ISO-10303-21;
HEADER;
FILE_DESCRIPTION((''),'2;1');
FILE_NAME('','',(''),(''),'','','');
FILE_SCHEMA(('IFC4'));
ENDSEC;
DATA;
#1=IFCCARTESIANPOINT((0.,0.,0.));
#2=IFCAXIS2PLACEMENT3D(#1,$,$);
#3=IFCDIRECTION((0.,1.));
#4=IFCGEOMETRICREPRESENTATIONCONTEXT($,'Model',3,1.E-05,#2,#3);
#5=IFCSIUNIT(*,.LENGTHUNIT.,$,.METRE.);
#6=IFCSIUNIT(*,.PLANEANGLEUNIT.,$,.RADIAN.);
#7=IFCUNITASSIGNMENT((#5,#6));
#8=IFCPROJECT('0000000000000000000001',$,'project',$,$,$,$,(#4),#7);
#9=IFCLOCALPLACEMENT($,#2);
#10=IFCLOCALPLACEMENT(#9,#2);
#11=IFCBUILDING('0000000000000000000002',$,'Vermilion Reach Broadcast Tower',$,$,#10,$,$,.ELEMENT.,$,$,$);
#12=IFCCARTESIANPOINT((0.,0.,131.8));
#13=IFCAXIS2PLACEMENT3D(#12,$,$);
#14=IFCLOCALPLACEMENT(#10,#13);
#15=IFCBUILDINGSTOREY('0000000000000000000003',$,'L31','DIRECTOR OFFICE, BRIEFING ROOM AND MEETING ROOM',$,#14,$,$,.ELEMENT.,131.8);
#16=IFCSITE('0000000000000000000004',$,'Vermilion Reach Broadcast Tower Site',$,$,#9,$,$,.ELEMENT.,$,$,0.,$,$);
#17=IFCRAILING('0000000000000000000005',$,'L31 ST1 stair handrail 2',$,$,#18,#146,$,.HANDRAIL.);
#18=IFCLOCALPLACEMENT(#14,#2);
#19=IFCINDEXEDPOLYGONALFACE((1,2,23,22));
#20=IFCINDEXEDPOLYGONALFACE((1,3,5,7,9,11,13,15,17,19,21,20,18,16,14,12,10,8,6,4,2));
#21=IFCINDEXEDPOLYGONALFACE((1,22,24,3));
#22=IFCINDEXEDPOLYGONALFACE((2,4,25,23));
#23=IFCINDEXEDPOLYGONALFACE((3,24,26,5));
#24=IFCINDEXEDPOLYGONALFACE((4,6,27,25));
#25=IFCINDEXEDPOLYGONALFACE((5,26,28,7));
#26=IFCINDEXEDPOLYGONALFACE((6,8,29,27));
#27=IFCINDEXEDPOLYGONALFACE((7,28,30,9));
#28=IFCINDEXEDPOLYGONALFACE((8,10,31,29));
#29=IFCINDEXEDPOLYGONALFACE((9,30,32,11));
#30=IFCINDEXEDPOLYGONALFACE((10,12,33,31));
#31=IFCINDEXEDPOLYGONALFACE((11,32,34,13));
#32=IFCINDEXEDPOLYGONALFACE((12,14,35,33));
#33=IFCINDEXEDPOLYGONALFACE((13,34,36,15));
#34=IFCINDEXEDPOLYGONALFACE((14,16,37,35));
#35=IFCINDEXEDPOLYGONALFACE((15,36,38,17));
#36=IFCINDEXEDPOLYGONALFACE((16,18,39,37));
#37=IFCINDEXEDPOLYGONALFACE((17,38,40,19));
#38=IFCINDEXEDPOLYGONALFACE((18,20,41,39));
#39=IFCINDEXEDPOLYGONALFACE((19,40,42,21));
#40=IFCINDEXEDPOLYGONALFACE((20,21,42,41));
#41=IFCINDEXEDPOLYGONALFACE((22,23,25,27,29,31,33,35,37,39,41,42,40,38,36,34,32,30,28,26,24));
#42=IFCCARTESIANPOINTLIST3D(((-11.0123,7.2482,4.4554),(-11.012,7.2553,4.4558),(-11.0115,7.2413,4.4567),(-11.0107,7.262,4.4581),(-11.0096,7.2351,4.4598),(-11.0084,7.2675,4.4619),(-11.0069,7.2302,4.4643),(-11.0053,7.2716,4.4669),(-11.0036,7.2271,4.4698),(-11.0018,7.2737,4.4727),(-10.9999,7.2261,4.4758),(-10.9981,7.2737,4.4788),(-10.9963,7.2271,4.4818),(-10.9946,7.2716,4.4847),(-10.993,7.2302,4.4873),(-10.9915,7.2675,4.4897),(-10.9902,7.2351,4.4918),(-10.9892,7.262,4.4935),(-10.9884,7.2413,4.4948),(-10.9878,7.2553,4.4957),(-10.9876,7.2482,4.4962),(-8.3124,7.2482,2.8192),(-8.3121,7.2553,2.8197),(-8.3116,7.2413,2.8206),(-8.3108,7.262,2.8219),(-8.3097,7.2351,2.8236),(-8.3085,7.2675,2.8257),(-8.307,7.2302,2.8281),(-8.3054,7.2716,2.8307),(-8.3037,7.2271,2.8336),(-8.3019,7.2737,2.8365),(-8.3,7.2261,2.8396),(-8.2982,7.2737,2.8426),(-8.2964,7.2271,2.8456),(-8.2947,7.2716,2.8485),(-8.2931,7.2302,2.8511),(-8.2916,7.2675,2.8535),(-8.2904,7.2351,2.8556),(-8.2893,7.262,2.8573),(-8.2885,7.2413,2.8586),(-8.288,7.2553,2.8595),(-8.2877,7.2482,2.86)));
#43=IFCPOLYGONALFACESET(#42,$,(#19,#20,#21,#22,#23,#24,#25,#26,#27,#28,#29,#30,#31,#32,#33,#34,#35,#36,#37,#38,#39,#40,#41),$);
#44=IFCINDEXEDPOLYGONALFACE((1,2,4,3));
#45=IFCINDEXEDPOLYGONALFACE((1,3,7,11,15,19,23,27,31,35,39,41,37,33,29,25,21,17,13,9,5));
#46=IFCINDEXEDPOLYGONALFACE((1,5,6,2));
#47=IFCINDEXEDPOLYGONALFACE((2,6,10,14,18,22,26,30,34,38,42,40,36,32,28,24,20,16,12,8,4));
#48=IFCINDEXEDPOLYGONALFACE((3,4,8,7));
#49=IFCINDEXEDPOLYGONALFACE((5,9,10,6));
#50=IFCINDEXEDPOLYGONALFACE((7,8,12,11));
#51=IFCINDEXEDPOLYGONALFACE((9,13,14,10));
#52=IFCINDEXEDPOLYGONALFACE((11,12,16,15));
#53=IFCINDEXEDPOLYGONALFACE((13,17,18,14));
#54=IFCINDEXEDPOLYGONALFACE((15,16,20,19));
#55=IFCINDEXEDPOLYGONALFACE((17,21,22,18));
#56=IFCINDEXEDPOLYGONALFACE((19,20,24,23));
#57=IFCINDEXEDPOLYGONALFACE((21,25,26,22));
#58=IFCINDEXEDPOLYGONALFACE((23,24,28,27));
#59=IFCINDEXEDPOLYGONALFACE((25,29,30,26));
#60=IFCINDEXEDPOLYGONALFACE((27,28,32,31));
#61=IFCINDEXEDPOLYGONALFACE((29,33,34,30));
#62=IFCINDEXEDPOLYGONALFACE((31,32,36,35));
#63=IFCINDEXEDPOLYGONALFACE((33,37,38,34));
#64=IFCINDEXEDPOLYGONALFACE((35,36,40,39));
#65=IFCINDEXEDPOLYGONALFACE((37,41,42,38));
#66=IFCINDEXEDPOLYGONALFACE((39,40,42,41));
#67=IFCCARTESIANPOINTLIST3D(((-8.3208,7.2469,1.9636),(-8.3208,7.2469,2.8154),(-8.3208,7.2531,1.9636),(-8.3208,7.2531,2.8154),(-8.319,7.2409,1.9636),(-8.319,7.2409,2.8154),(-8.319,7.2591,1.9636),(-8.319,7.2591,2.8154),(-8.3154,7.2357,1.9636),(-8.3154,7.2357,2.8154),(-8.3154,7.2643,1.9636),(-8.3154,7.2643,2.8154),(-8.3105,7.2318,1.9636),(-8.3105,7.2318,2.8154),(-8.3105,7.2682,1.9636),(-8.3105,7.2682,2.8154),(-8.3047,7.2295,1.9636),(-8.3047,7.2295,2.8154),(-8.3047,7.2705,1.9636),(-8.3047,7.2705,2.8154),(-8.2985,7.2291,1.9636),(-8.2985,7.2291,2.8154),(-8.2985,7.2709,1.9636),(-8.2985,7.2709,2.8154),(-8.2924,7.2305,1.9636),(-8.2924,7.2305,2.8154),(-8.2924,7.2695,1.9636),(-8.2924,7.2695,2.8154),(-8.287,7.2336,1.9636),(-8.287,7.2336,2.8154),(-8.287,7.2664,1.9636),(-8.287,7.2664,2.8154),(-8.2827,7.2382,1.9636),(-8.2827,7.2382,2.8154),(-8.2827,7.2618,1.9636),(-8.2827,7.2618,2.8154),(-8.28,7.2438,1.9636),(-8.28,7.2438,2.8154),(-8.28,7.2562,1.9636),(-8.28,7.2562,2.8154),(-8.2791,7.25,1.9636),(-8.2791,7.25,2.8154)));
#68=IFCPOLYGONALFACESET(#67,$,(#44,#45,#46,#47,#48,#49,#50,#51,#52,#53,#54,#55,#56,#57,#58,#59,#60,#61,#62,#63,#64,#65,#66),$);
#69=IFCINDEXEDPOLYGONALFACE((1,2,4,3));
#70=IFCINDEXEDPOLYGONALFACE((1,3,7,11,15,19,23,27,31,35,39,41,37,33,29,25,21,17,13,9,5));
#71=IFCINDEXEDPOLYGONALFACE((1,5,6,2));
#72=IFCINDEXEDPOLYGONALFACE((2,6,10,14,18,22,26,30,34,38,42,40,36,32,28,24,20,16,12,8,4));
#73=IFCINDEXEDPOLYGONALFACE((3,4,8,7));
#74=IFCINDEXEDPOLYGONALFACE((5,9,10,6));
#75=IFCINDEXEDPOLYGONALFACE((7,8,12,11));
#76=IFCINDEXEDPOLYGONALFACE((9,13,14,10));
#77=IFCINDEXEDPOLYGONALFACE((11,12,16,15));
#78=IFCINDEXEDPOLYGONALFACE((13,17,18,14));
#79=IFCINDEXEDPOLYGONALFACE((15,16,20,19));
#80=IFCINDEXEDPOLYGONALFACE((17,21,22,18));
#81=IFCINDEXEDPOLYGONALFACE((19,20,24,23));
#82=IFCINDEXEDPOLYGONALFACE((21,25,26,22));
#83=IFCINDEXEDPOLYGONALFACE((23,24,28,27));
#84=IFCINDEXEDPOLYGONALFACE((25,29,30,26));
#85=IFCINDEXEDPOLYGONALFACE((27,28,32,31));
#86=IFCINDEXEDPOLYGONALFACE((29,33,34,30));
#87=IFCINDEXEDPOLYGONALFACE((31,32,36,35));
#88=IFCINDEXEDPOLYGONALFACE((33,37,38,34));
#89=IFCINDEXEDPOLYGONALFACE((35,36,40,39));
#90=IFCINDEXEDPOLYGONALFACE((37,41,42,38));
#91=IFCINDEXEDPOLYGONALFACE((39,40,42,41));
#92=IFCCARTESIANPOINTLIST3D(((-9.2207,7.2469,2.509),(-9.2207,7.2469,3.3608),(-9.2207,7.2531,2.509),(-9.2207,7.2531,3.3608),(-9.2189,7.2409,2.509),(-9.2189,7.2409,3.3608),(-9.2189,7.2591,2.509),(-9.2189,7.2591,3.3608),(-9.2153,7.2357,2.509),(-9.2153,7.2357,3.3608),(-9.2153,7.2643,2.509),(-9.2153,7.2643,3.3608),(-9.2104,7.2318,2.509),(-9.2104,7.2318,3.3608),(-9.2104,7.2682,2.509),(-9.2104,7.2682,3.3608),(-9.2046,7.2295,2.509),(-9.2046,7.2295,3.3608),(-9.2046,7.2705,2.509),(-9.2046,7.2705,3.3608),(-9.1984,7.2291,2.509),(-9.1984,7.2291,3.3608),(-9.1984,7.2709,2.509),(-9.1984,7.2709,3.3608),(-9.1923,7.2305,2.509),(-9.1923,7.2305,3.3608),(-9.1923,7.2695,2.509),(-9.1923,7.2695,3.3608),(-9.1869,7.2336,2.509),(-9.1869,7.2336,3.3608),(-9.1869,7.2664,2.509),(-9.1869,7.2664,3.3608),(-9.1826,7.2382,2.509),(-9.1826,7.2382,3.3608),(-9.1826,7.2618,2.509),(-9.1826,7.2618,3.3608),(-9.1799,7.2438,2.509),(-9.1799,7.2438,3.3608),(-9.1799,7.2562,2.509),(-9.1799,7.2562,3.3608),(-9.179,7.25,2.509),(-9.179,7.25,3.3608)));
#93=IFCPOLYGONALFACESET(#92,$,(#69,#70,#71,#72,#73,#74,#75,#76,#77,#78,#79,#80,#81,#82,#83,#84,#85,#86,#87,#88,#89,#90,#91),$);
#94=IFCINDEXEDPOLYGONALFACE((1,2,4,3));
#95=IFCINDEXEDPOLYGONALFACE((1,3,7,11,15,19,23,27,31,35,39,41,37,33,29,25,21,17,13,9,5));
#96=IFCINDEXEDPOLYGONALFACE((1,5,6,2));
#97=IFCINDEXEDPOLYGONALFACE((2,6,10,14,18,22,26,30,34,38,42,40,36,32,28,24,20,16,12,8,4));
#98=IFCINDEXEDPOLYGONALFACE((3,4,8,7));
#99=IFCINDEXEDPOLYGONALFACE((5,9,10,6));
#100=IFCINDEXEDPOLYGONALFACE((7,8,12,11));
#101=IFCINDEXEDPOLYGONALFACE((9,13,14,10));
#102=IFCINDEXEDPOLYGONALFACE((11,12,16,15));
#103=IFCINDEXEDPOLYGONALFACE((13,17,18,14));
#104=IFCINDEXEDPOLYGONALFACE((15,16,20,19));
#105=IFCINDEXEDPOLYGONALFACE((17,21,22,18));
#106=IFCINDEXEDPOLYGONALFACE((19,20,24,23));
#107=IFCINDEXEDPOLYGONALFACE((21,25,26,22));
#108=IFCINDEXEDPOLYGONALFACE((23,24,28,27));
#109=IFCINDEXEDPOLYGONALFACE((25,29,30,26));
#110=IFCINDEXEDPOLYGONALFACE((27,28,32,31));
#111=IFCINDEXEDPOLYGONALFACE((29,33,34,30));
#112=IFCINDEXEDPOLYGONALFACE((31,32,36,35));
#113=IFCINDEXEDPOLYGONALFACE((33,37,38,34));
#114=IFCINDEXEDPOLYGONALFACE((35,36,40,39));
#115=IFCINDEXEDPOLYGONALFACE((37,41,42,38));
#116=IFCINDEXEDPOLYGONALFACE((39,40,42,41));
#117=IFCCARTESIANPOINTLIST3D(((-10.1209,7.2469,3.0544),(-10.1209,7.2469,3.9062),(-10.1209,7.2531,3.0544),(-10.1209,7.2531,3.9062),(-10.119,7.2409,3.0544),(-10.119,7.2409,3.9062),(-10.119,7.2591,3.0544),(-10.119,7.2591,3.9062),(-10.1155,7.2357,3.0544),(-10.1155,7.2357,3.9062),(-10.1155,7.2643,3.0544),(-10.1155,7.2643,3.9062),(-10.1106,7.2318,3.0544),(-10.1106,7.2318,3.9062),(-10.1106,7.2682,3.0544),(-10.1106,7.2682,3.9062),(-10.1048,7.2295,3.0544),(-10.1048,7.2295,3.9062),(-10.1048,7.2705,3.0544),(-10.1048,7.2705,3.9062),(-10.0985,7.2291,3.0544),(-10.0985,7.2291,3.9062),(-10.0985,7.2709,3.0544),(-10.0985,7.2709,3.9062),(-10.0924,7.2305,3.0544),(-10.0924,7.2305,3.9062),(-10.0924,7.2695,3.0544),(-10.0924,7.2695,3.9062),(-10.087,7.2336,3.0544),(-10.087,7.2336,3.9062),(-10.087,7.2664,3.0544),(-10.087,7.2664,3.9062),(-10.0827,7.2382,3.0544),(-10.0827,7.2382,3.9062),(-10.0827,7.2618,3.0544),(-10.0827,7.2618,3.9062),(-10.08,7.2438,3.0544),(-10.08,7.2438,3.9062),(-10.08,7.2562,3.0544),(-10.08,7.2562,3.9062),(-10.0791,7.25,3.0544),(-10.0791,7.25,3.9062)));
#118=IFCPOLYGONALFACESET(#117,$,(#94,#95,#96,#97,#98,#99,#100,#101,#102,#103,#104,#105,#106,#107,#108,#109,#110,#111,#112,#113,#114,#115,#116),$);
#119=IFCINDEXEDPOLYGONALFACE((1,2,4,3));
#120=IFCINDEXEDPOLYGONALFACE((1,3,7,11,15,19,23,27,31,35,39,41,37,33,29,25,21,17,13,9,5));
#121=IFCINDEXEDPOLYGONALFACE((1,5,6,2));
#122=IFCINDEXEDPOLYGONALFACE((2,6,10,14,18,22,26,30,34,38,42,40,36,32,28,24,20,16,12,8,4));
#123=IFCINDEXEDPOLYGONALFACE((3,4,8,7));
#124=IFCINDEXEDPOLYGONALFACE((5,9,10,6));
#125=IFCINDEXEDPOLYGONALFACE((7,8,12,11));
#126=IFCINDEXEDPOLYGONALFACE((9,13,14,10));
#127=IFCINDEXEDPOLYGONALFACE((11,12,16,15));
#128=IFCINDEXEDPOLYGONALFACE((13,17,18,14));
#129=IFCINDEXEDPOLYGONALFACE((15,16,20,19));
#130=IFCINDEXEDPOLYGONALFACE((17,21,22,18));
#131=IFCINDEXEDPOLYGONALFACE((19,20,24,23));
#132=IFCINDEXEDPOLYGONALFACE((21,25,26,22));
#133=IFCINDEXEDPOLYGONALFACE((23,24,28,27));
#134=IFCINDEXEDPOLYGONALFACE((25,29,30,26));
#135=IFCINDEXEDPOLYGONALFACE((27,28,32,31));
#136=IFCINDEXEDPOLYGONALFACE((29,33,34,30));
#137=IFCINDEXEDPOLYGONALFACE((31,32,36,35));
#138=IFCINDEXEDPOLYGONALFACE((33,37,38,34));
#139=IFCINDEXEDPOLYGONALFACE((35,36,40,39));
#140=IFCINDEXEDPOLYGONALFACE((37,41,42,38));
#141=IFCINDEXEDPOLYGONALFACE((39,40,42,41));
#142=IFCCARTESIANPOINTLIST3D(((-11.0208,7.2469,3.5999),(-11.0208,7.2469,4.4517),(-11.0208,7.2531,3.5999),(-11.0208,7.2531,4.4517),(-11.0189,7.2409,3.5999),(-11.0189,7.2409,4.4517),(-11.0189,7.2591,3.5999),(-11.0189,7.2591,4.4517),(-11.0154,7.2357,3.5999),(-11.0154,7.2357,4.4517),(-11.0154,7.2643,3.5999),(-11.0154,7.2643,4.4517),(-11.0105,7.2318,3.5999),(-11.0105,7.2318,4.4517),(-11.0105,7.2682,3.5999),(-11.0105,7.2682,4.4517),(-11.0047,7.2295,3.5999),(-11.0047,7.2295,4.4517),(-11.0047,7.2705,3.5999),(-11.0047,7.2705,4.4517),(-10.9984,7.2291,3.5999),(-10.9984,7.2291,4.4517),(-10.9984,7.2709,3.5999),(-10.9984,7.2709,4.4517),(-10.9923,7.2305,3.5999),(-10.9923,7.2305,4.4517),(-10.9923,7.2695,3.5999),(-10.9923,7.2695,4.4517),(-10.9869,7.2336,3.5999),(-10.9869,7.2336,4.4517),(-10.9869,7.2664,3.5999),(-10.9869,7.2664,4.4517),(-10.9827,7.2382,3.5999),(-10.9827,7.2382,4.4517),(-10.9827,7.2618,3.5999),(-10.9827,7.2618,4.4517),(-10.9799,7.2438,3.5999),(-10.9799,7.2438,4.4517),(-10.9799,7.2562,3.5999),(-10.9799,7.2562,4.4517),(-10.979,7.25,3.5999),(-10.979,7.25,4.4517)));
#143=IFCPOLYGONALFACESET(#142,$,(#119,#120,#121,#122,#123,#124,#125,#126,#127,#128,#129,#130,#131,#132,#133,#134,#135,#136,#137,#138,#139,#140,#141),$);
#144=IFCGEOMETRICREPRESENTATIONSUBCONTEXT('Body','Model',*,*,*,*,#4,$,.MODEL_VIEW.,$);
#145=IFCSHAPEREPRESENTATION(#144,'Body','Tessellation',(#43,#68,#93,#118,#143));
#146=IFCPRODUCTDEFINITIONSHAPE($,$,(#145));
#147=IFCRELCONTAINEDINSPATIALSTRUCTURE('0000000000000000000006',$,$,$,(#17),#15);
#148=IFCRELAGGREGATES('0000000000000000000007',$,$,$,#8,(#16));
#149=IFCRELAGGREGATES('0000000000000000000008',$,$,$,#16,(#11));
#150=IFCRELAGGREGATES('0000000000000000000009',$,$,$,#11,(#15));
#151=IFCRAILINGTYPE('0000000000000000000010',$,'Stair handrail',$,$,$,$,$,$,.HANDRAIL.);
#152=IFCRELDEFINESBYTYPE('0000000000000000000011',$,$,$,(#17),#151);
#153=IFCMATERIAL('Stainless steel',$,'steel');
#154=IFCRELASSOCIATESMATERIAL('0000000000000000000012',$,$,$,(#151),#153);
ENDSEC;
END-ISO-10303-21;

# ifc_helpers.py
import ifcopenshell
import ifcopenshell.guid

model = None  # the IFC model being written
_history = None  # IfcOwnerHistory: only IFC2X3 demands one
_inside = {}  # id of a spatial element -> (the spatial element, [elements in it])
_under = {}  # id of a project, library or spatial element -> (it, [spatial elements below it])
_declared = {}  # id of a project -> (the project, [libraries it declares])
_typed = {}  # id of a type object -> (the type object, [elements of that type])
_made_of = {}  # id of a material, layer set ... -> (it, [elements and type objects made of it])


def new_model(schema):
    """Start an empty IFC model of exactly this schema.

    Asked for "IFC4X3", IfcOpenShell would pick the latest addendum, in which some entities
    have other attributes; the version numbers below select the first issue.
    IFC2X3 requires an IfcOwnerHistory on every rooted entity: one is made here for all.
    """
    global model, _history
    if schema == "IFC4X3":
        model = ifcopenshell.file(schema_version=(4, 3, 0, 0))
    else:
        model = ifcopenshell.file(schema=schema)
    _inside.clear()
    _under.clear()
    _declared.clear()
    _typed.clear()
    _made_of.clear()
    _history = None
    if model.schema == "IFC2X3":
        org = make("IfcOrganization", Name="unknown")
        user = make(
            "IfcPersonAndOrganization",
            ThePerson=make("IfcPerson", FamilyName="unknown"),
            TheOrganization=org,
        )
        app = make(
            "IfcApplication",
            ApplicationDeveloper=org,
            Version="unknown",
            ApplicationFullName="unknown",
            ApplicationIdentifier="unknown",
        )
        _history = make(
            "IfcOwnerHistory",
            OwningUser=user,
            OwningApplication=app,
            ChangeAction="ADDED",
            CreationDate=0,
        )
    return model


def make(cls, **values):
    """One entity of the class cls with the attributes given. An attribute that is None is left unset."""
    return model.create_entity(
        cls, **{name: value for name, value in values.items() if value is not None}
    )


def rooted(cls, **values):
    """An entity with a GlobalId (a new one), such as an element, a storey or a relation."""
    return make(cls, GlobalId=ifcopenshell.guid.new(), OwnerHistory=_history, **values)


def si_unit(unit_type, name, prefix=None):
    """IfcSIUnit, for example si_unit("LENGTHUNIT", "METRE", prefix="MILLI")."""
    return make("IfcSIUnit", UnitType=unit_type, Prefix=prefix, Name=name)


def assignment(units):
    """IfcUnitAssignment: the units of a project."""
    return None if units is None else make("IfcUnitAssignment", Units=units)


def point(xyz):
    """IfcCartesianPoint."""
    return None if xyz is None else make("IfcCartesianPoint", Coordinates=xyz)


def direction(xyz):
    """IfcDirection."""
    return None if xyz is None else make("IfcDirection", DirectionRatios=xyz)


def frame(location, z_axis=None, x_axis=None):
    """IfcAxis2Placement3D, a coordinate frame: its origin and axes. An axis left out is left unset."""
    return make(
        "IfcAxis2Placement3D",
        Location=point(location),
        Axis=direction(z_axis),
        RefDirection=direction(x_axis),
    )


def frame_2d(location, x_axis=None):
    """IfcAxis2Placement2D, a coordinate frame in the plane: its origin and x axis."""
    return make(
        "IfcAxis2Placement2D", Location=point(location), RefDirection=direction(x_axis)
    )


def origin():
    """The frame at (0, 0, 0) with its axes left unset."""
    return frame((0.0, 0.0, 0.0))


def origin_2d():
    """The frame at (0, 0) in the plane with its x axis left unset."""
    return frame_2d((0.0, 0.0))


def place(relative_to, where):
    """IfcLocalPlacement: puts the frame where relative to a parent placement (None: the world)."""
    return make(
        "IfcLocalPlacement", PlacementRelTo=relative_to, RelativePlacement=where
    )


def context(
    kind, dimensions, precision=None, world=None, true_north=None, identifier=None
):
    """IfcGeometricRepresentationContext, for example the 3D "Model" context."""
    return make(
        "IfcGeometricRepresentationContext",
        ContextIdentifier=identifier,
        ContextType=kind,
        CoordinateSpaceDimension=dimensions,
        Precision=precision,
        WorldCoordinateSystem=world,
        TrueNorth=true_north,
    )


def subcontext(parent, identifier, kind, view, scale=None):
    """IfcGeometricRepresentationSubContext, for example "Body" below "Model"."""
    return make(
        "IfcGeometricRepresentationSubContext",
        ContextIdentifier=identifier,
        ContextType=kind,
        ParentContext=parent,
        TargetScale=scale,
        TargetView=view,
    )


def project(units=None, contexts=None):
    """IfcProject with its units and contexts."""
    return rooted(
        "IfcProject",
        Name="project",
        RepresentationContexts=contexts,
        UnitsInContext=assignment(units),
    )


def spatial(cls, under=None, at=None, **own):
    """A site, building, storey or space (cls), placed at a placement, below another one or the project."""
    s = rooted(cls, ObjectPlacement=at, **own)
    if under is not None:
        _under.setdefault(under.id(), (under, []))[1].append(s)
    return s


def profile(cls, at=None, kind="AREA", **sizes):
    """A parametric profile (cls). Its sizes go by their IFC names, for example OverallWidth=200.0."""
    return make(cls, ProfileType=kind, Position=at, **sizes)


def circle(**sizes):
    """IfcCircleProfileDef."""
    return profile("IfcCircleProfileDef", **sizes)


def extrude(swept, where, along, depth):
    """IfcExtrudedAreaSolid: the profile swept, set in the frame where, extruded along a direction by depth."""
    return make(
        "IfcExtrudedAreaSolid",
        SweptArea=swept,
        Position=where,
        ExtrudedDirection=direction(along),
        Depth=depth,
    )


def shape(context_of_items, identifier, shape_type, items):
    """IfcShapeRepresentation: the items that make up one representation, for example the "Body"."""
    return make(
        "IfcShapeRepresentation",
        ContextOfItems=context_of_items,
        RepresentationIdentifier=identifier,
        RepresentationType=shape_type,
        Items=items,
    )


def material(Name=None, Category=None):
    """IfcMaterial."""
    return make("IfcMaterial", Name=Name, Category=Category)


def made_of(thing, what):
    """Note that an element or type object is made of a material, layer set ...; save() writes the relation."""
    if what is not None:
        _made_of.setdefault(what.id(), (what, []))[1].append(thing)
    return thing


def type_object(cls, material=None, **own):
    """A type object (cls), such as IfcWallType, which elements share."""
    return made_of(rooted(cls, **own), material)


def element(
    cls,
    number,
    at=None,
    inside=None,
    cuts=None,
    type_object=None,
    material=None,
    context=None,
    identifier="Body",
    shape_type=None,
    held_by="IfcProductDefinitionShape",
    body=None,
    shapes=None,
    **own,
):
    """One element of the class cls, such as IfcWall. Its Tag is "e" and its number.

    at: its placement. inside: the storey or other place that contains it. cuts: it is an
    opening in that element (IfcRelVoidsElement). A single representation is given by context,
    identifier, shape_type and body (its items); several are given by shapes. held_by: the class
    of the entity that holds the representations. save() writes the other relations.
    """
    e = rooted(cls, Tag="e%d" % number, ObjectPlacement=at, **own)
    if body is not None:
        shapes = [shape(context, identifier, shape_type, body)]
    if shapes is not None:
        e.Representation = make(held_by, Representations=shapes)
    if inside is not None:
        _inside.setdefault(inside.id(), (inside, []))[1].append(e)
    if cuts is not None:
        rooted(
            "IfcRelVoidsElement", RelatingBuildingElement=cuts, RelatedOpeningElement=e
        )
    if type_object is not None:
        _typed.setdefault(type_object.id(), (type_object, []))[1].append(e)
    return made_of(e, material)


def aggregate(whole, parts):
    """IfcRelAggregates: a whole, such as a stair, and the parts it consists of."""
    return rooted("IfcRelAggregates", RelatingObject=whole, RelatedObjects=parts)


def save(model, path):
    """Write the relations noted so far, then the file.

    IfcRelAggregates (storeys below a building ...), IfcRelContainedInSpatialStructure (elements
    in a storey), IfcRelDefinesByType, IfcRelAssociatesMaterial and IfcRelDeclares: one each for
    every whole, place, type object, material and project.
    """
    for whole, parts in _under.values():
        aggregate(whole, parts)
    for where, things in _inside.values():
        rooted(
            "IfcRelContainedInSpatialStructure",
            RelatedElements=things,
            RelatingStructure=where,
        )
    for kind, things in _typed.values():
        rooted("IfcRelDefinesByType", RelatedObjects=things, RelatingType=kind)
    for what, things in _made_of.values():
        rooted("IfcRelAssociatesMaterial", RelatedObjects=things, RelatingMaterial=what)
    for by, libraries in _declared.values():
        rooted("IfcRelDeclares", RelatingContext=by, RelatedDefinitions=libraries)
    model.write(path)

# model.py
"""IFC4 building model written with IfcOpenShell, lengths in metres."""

from ifc_helpers import new_model, si_unit, direction, frame, origin, origin_2d, place, context, subcontext, project, spatial, circle, extrude, material, type_object, element, save


model = new_model("IFC4")

# Units and contexts
model_context = context("Model", 3, precision=1e-05, world=origin(), true_north=direction((0.0, 1.0)))
body_context = subcontext(model_context, "Body", "Model", "MODEL_VIEW")
ifc_project = project(units=[si_unit("LENGTHUNIT", "METRE"), si_unit("PLANEANGLEUNIT", "RADIAN")], contexts=[model_context])

# Site, building, storey
site_placement = place(None, origin())
site = spatial("IfcSite", under=ifc_project, at=site_placement, Name="Vermilion Reach Broadcast Tower Site", CompositionType="ELEMENT", RefElevation=0.0)
building_placement = place(site_placement, origin())
building = spatial("IfcBuilding", under=site, at=building_placement, Name="Vermilion Reach Broadcast Tower", CompositionType="ELEMENT")
storey_placement = place(building_placement, frame((0.0, 0.0, 131.8)))
storey = spatial("IfcBuildingStorey", under=building, at=storey_placement, Name="L31", Description="DIRECTOR OFFICE, BRIEFING ROOM AND MEETING ROOM", CompositionType="ELEMENT", Elevation=131.8)

# Railing
ifc_material_1 = material(Name="Stainless steel", Category="steel")
railing_type_1 = type_object("IfcRailingType", Name="Stair handrail", PredefinedType="HANDRAIL", material=ifc_material_1)
railing_1_placement = place(storey_placement, frame((-8.3, 7.25, 1.9636)))
element("IfcRailing", 1, at=railing_1_placement, inside=storey, type_object=railing_type_1, Name="L31 ST1 stair handrail 2", PredefinedType="HANDRAIL", context=body_context, shape_type="SweptSolid", body=[
    extrude(circle(Radius=0.0239, at=origin_2d()), frame((0.0, 0.0, 0.876), z_axis=(-0.855212, 0.0, 0.518278), x_axis=(0.0, -1.0, 0.0)), (0.0, 0.0, 1.0), 3.157),
    extrude(circle(Radius=0.021, at=origin_2d()), origin(), (0.0, 0.0, 1.0), 0.8518),
    extrude(circle(Radius=0.021, at=origin_2d()), frame((-0.8999, 0.0, 0.5454)), (0.0, 0.0, 1.0), 0.8518),
    extrude(circle(Radius=0.021, at=origin_2d()), frame((-1.8, 0.0, 1.0908)), (0.0, 0.0, 1.0), 0.8518),
    extrude(circle(Radius=0.021, at=origin_2d()), frame((-2.7, 0.0, 1.6362)), (0.0, 0.0, 1.0), 0.8518),
])

save(model, "model.ifc")
